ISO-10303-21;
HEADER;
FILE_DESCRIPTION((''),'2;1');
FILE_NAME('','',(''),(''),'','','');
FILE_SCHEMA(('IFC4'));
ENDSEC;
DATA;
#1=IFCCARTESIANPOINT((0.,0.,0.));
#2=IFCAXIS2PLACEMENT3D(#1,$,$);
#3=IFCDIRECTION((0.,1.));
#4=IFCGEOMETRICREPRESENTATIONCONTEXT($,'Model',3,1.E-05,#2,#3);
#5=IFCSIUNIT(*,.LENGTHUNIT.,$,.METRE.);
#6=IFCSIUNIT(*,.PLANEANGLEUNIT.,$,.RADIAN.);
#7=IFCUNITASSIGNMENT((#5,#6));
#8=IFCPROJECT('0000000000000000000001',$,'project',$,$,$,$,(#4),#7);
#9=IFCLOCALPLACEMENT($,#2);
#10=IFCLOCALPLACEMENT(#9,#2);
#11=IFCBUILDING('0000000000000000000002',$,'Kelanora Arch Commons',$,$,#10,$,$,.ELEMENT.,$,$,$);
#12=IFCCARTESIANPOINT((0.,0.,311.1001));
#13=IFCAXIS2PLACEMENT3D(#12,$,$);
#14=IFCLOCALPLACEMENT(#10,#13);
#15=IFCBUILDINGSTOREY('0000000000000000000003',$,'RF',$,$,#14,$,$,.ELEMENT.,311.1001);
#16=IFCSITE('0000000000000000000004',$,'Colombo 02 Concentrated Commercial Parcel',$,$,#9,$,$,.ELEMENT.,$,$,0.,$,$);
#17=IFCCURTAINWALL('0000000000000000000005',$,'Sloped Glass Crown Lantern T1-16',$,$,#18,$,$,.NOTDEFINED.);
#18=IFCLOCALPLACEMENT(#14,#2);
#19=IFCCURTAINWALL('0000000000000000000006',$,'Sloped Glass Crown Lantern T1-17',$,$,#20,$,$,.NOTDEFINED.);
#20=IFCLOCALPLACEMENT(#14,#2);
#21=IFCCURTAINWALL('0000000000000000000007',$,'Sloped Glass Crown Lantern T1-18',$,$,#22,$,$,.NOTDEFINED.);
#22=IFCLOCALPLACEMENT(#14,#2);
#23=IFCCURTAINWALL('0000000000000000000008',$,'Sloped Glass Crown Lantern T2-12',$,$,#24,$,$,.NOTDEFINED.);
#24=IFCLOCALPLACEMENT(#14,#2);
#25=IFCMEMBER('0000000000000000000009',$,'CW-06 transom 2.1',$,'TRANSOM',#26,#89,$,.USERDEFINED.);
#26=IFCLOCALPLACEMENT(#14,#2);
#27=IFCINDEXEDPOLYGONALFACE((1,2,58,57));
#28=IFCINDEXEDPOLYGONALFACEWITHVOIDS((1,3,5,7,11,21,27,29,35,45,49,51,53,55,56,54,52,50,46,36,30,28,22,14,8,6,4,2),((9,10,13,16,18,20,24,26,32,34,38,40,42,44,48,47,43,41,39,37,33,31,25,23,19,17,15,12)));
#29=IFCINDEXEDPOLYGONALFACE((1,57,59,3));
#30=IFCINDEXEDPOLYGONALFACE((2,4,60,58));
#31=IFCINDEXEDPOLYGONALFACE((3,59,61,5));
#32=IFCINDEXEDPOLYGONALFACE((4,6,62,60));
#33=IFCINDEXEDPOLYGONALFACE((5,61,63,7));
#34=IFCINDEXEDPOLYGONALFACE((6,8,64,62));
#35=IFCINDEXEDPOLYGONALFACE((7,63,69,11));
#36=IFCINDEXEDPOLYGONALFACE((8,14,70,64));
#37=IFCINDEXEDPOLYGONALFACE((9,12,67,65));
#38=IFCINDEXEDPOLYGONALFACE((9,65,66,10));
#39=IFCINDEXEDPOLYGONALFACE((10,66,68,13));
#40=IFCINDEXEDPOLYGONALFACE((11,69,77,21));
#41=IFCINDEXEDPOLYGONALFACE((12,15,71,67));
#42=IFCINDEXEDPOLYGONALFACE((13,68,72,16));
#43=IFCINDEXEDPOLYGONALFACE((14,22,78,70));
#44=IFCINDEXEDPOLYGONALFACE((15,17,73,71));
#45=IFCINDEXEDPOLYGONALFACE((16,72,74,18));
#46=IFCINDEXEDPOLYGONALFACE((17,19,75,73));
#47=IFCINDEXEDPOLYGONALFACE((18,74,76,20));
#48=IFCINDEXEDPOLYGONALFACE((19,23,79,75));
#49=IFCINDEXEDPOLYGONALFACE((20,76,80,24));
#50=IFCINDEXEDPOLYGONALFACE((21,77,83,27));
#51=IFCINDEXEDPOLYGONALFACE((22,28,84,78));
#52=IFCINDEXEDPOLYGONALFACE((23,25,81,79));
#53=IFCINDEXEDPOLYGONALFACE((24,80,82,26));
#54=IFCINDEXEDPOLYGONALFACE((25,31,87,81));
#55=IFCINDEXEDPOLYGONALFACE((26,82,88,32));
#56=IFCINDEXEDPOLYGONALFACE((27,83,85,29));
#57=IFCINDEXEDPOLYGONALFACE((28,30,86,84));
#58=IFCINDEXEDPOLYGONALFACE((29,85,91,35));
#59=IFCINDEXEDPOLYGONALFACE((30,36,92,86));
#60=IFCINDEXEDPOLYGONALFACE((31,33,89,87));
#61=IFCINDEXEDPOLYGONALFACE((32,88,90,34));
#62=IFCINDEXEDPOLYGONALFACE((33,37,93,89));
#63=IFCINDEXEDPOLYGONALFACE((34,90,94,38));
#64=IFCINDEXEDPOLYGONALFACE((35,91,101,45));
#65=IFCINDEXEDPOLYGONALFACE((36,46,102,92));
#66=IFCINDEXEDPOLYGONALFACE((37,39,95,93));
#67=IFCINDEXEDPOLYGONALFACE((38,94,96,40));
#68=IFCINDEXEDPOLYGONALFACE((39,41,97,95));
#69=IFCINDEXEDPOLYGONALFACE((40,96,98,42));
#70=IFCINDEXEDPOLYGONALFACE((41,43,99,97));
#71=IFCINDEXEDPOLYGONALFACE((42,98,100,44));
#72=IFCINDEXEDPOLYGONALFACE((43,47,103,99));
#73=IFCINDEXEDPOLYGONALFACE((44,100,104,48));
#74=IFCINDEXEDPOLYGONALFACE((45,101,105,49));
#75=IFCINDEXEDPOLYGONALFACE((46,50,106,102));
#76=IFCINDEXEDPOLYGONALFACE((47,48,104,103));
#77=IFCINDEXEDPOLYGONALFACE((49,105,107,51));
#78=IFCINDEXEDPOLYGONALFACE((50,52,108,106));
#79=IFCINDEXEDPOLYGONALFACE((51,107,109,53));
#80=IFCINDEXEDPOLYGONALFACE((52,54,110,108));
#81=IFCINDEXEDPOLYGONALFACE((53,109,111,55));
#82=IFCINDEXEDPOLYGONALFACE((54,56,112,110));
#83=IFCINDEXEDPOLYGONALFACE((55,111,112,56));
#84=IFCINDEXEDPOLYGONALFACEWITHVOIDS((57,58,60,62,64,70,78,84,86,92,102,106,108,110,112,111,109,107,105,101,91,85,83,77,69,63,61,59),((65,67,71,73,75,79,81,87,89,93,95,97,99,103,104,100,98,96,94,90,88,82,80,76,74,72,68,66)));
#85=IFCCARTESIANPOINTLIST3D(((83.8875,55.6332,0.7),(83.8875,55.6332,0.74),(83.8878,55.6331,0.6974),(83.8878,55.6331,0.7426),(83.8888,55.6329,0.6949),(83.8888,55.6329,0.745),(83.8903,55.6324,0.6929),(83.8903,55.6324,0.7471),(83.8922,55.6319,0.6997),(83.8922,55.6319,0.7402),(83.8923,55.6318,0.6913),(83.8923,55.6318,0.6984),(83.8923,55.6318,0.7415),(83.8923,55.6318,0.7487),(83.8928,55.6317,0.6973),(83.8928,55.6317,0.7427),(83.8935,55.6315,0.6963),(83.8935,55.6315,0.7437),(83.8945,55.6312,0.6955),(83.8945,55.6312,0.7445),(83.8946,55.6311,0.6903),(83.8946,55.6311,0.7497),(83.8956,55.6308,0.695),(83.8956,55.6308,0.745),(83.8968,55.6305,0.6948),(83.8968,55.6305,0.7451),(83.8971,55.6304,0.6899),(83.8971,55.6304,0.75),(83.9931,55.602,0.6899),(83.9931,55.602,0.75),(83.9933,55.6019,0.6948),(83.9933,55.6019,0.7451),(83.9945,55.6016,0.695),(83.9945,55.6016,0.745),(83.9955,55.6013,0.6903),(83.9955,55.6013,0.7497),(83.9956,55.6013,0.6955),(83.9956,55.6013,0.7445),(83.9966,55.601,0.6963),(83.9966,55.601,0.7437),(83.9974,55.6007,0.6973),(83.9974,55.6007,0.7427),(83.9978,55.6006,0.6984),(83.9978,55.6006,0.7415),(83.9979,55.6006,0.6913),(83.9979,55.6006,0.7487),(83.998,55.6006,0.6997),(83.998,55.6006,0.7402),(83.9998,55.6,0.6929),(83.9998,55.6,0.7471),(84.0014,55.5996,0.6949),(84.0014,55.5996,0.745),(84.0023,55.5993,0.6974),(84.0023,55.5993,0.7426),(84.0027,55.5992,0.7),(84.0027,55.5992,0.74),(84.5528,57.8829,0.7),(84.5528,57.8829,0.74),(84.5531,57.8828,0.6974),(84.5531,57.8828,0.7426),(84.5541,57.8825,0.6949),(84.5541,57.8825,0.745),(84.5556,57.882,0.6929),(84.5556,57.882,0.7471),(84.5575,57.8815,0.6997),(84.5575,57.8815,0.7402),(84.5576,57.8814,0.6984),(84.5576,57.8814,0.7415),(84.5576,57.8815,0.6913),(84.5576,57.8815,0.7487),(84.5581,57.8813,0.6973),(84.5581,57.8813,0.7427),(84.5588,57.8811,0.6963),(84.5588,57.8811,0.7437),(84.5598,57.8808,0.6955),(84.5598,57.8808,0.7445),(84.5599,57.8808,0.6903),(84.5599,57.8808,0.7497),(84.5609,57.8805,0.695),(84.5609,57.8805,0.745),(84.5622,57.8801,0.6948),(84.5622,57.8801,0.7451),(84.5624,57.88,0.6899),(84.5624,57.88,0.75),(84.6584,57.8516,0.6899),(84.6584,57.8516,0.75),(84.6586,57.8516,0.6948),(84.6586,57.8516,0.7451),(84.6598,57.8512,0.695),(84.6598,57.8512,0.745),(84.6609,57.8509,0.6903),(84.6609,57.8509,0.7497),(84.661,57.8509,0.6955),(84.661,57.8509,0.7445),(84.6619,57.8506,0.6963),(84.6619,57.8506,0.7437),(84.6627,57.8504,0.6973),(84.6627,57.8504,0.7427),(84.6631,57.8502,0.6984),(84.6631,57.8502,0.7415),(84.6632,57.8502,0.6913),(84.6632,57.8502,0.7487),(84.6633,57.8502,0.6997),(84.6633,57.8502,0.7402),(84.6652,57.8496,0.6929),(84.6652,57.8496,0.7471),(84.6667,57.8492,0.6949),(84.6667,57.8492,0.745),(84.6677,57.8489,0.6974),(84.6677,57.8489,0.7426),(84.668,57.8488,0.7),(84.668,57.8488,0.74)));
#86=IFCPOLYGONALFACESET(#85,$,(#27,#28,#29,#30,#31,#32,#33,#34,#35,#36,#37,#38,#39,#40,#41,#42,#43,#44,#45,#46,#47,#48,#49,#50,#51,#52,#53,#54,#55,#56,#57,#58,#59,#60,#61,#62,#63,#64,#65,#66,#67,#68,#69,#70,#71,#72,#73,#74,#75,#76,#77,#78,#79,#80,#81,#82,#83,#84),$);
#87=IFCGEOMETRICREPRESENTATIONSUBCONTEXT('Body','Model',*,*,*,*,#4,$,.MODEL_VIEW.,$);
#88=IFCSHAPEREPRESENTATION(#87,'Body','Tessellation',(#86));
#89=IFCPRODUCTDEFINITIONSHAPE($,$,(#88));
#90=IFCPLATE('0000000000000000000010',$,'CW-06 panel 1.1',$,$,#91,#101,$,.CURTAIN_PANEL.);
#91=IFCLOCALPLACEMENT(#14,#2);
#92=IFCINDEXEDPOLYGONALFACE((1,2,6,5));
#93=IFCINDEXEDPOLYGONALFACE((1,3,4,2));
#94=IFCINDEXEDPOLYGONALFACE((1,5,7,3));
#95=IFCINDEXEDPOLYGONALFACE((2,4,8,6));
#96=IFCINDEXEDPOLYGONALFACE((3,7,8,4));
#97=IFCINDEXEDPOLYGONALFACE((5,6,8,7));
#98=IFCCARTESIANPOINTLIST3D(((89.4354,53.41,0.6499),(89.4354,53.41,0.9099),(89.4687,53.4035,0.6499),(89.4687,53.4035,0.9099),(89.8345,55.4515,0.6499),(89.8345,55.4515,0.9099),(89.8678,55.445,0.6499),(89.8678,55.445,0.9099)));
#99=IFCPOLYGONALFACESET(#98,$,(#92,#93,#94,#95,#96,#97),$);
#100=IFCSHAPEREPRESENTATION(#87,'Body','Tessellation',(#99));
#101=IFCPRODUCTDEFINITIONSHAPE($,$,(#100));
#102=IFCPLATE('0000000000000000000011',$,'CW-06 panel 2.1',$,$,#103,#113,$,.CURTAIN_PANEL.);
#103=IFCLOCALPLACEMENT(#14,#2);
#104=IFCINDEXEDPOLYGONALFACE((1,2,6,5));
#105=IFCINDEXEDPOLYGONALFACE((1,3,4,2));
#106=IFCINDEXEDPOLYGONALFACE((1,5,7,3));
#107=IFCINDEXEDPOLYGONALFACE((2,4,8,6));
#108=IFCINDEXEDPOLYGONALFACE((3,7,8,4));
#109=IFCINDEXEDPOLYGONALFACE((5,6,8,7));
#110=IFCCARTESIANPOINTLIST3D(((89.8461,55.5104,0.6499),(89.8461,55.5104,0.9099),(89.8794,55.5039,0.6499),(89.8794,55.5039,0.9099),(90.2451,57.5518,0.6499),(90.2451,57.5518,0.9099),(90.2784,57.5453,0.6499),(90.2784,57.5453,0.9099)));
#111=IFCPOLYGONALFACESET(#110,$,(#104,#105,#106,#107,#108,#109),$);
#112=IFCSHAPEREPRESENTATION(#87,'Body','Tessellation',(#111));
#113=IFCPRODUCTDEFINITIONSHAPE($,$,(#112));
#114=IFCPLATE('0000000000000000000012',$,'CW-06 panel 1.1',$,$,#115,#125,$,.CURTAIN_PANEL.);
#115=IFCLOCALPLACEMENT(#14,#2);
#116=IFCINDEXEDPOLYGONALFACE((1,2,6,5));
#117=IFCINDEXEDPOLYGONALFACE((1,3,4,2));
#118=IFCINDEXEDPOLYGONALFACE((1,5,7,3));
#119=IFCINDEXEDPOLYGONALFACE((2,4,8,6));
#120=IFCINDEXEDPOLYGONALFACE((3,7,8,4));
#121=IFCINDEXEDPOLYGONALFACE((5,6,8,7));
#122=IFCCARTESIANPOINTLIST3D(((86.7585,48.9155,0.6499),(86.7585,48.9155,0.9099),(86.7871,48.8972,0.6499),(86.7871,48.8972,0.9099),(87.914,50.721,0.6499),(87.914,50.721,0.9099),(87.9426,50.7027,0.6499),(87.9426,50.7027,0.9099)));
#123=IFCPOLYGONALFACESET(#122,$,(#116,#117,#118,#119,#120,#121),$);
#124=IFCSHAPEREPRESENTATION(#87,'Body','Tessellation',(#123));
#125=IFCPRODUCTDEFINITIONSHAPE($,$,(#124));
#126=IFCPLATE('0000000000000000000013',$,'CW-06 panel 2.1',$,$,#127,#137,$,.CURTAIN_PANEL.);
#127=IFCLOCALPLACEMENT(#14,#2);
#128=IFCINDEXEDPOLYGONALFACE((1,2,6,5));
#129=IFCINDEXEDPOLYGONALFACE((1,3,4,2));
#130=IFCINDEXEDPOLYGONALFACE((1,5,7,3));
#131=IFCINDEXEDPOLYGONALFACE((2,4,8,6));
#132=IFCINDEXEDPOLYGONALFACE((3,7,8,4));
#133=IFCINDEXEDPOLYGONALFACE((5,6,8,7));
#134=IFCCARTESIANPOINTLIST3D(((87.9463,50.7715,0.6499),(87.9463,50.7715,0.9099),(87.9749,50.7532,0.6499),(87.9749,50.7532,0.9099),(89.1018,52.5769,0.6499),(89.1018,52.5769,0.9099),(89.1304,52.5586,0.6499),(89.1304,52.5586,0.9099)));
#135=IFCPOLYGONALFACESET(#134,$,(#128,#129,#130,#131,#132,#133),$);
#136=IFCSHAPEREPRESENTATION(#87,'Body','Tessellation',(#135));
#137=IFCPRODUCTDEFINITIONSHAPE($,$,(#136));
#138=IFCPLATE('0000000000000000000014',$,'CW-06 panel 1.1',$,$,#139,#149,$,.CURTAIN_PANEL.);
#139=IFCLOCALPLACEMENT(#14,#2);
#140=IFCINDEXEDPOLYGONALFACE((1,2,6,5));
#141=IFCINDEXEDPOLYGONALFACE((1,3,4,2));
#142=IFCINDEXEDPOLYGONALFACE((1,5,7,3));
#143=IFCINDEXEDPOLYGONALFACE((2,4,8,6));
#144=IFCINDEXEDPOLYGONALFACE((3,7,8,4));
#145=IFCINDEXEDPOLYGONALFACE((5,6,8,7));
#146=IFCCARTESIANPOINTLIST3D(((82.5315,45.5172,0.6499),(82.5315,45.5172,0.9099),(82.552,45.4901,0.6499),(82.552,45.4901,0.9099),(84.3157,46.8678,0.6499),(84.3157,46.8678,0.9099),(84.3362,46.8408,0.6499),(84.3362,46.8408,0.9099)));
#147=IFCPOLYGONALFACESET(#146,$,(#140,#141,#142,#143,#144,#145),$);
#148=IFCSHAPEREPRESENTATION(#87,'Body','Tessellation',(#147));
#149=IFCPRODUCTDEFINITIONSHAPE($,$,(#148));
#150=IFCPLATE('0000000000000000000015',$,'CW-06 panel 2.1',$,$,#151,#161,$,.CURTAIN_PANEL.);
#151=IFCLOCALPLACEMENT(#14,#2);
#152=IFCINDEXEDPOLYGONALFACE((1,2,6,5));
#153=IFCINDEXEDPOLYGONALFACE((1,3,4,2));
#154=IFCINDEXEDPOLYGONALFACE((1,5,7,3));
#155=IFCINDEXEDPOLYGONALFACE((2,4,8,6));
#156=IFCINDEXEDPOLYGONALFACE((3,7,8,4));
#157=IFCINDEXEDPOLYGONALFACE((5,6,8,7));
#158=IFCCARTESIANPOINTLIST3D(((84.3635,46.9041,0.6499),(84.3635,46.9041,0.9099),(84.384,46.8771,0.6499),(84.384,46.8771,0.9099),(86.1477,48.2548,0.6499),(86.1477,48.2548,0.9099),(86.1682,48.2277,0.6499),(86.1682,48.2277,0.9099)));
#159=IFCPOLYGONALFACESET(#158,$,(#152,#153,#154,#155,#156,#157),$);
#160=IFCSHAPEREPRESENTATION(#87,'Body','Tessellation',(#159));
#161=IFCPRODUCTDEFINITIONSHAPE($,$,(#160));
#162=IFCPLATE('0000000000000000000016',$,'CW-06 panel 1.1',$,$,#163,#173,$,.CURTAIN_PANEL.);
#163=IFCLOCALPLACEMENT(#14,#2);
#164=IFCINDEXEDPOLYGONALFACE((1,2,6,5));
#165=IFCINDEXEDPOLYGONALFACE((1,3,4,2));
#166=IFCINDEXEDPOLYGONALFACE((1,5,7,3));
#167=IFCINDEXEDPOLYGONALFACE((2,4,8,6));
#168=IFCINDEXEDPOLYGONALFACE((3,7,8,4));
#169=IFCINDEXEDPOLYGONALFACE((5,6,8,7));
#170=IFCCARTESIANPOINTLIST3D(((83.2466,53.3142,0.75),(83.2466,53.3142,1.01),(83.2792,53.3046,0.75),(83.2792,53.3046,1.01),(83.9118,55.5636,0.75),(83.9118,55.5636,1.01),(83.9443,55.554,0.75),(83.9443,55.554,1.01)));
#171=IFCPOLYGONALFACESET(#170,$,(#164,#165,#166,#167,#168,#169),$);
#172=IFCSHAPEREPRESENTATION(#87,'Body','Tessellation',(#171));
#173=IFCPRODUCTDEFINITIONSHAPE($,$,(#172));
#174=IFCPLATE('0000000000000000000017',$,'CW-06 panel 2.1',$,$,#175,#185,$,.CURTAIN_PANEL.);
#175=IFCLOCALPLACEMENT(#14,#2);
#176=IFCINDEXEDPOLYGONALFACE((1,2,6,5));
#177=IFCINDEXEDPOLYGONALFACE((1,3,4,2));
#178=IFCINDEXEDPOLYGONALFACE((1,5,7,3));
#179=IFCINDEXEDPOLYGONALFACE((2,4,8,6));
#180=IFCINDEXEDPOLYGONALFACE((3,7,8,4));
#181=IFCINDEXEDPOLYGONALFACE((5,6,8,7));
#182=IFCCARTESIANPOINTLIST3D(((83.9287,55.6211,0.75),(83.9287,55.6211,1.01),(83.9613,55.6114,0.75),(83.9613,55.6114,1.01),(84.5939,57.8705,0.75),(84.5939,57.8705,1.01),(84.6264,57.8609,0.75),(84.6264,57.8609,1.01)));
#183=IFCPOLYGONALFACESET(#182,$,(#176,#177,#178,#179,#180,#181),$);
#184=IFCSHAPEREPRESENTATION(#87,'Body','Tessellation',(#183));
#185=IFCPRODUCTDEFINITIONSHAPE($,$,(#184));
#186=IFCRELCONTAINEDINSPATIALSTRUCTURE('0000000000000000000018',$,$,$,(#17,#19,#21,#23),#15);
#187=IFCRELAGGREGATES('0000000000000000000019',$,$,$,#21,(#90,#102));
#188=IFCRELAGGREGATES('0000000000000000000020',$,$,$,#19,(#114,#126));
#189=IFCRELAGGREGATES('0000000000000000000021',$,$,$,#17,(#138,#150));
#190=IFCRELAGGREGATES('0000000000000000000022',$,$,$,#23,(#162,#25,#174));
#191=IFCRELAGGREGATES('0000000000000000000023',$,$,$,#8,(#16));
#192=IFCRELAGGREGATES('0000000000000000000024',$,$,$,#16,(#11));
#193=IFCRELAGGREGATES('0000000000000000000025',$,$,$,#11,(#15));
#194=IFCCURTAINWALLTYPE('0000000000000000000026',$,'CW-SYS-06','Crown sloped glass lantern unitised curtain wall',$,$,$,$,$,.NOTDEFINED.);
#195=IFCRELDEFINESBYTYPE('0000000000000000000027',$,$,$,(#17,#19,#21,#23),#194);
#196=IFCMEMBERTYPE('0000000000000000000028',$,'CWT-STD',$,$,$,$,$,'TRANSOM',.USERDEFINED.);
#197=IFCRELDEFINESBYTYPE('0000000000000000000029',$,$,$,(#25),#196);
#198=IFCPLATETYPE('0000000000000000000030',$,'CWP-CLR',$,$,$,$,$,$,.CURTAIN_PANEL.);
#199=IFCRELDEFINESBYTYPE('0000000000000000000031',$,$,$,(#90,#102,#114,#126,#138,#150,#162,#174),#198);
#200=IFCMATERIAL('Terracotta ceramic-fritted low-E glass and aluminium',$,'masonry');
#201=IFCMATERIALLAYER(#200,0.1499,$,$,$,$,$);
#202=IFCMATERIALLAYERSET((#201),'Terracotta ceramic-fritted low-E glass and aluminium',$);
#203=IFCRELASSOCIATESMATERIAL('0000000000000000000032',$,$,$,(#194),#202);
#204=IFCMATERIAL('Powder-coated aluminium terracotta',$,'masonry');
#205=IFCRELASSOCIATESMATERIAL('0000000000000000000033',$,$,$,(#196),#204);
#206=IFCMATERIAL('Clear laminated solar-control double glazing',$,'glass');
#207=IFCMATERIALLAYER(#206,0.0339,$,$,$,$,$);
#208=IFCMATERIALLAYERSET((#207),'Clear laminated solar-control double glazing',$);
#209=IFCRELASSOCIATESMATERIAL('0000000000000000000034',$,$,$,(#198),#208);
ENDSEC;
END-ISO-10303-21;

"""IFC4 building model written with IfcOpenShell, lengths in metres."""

from ifc_helpers import new_model, si_unit, direction, frame, origin, origin_2d, place, context, subcontext, project, spatial, rectangle, hollow_rectangle, extrude, source, transform, mapped, material, layer, layer_set, material_profile, profile_set, type_object, element, aggregate, save


model = new_model("IFC4")

# Units and contexts
model_context = context("Model", 3, precision=1e-05, world=origin(), true_north=direction((0.0, 1.0)))
body_context = subcontext(model_context, "Body", "Model", "MODEL_VIEW")
ifc_project = project(units=[si_unit("LENGTHUNIT", "METRE"), si_unit("PLANEANGLEUNIT", "RADIAN")], contexts=[model_context])

# Site, building, storey
site_placement = place(None, origin())
site = spatial("IfcSite", under=ifc_project, at=site_placement, Name="Colombo 02 Concentrated Commercial Parcel", CompositionType="ELEMENT", RefElevation=0.0)
building_placement = place(site_placement, origin())
building = spatial("IfcBuilding", under=site, at=building_placement, Name="Kelanora Arch Commons", CompositionType="ELEMENT")
storey_placement = place(building_placement, frame((0.0, 0.0, 311.1001)))
storey = spatial("IfcBuildingStorey", under=building, at=storey_placement, Name="RF", CompositionType="ELEMENT", Elevation=311.1001)

# Curtain walls
ifc_material_1 = material(Name="Terracotta ceramic-fritted low-E glass and aluminium", Category="masonry")
ifc_layer_1 = layer(ifc_material_1, 0.1499)
ifc_layer_set_1 = layer_set([ifc_layer_1], Name="Terracotta ceramic-fritted low-E glass and aluminium")
curtain_wall_type = type_object("IfcCurtainWallType", Name="CW-SYS-06", Description="Crown sloped glass lantern unitised curtain wall", PredefinedType="NOTDEFINED", material=ifc_layer_set_1)
curtain_wall_1_placement = place(storey_placement, origin())
curtain_wall_1 = element("IfcCurtainWall", 1, at=curtain_wall_1_placement, inside=storey, type_object=curtain_wall_type, Name="Sloped Glass Crown Lantern T1-16", PredefinedType="NOTDEFINED")
ifc_material_2 = material(Name="Powder-coated aluminium terracotta", Category="masonry")
curtain_wall_2_placement = place(storey_placement, origin())
curtain_wall_2 = element("IfcCurtainWall", 2, at=curtain_wall_2_placement, inside=storey, type_object=curtain_wall_type, Name="Sloped Glass Crown Lantern T1-17", PredefinedType="NOTDEFINED")
curtain_wall_3_placement = place(storey_placement, origin())
curtain_wall_3 = element("IfcCurtainWall", 3, at=curtain_wall_3_placement, inside=storey, type_object=curtain_wall_type, Name="Sloped Glass Crown Lantern T1-18", PredefinedType="NOTDEFINED")
curtain_wall_4_placement = place(storey_placement, origin())
curtain_wall_4 = element("IfcCurtainWall", 4, at=curtain_wall_4_placement, inside=storey, type_object=curtain_wall_type, Name="Sloped Glass Crown Lantern T2-12", PredefinedType="NOTDEFINED")

# Member
ifc_material_profile_1 = material_profile(ifc_material_2, hollow_rectangle(XDim=0.1201, YDim=0.0601, WallThickness=0.0049, InnerFilletRadius=0.0049, OuterFilletRadius=0.01, at=origin_2d()), Name="CWT120x60")
ifc_profile_set_1 = profile_set([ifc_material_profile_1], Name="Powder-coated aluminium terracotta")
member_type_1 = type_object("IfcMemberType", Name="CWT-STD", ElementType="TRANSOM", PredefinedType="USERDEFINED", material=ifc_profile_set_1)
member_1_placement = place(storey_placement, frame((83.9451, 55.6162, 0.72), z_axis=(0.283603, 0.958942, 0.0), x_axis=(-0.958942, 0.283603, 0.0)))
member_1 = element("IfcMember", 5, at=member_1_placement, type_object=member_type_1, Name="CW-06 transom 2.1", ObjectType="TRANSOM", PredefinedType="USERDEFINED", context=body_context, shape_type="SweptSolid", body=[
    extrude(hollow_rectangle(XDim=0.1201, YDim=0.0601, WallThickness=0.0049, InnerFilletRadius=0.0049, OuterFilletRadius=0.01, at=origin_2d()), origin(), (0.0, 0.0, 1.0), 2.3459),
])

# Plates
ifc_material_3 = material(Name="Clear laminated solar-control double glazing", Category="glass")
ifc_layer_2 = layer(ifc_material_3, 0.0339)
ifc_layer_set_2 = layer_set([ifc_layer_2], Name="Clear laminated solar-control double glazing")
plate_type = type_object("IfcPlateType", Name="CWP-CLR", PredefinedType="CURTAIN_PANEL", material=ifc_layer_set_2)
shared_shape_1 = source(origin(), body_context, "Body", "SweptSolid", [
    extrude(rectangle(XDim=2.0801, YDim=0.0339, at=origin_2d()), origin(), (0.0, 0.0, 1.0), 0.26),
])
plate_1_placement = place(storey_placement, frame((89.6516, 54.4275, 0.6499), z_axis=(0.0, 0.0, 1.0), x_axis=(0.191834, 0.981427, 0.0)))
plate_1 = element("IfcPlate", 6, at=plate_1_placement, type_object=plate_type, Name="CW-06 panel 1.1", PredefinedType="CURTAIN_PANEL", context=body_context, shape_type="MappedRepresentation", body=[
    mapped(shared_shape_1, transform((0.0, 0.0, 0.0), scale=1.0)),
])
plate_2_placement = place(storey_placement, frame((90.0623, 56.5278, 0.6499), z_axis=(0.0, 0.0, 1.0), x_axis=(0.191834, 0.981427, 0.0)))
plate_2 = element("IfcPlate", 7, at=plate_2_placement, type_object=plate_type, Name="CW-06 panel 2.1", PredefinedType="CURTAIN_PANEL", context=body_context, shape_type="MappedRepresentation", body=[
    mapped(shared_shape_1, transform((0.0, 0.0, 0.0), scale=1.0)),
])
aggregate(curtain_wall_3, [plate_1, plate_2])
shared_shape_2 = source(origin(), body_context, "Body", "SweptSolid", [
    extrude(rectangle(XDim=2.1436, YDim=0.0339, at=origin_2d()), origin(), (0.0, 0.0, 1.0), 0.26),
])
plate_3_placement = place(storey_placement, frame((87.3506, 49.8091, 0.6499), z_axis=(0.0, 0.0, 1.0), x_axis=(0.539054, 0.842271, 0.0)))
plate_3 = element("IfcPlate", 8, at=plate_3_placement, type_object=plate_type, Name="CW-06 panel 1.1", PredefinedType="CURTAIN_PANEL", context=body_context, shape_type="MappedRepresentation", body=[
    mapped(shared_shape_2, transform((0.0, 0.0, 0.0), scale=1.0)),
])
plate_4_placement = place(storey_placement, frame((88.5383, 51.665, 0.6499), z_axis=(0.0, 0.0, 1.0), x_axis=(0.539054, 0.842271, 0.0)))
plate_4 = element("IfcPlate", 9, at=plate_4_placement, type_object=plate_type, Name="CW-06 panel 2.1", PredefinedType="CURTAIN_PANEL", context=body_context, shape_type="MappedRepresentation", body=[
    mapped(shared_shape_2, transform((0.0, 0.0, 0.0), scale=1.0)),
])
aggregate(curtain_wall_2, [plate_3, plate_4])
shared_shape_3 = source(origin(), body_context, "Body", "SweptSolid", [
    extrude(rectangle(XDim=2.2378, YDim=0.0339, at=origin_2d()), origin(), (0.0, 0.0, 1.0), 0.26),
])
plate_5_placement = place(storey_placement, frame((83.4338, 46.179, 0.6499), z_axis=(0.0, 0.0, 1.0), x_axis=(0.797311, 0.603568, 0.0)))
plate_5 = element("IfcPlate", 10, at=plate_5_placement, type_object=plate_type, Name="CW-06 panel 1.1", PredefinedType="CURTAIN_PANEL", context=body_context, shape_type="MappedRepresentation", body=[
    mapped(shared_shape_3, transform((0.0, 0.0, 0.0), scale=1.0)),
])
plate_6_placement = place(storey_placement, frame((85.2659, 47.5659, 0.6499), z_axis=(0.0, 0.0, 1.0), x_axis=(0.797311, 0.603568, 0.0)))
plate_6 = element("IfcPlate", 11, at=plate_6_placement, type_object=plate_type, Name="CW-06 panel 2.1", PredefinedType="CURTAIN_PANEL", context=body_context, shape_type="MappedRepresentation", body=[
    mapped(shared_shape_3, transform((0.0, 0.0, 0.0), scale=1.0)),
])
aggregate(curtain_wall_1, [plate_5, plate_6])
shared_shape_4 = source(origin(), body_context, "Body", "SweptSolid", [
    extrude(rectangle(XDim=2.3457, YDim=0.0339, at=origin_2d()), origin(), (0.0, 0.0, 1.0), 0.26),
])
plate_7_placement = place(storey_placement, frame((83.5955, 54.4341, 0.75), z_axis=(0.0, 0.0, 1.0), x_axis=(0.283564, 0.958953, 0.0)))
plate_7 = element("IfcPlate", 12, at=plate_7_placement, type_object=plate_type, Name="CW-06 panel 1.1", PredefinedType="CURTAIN_PANEL", context=body_context, shape_type="MappedRepresentation", body=[
    mapped(shared_shape_4, transform((0.0, 0.0, 0.0), scale=1.0)),
])
plate_8_placement = place(storey_placement, frame((84.2776, 56.741, 0.75), z_axis=(0.0, 0.0, 1.0), x_axis=(0.283564, 0.958953, 0.0)))
plate_8 = element("IfcPlate", 13, at=plate_8_placement, type_object=plate_type, Name="CW-06 panel 2.1", PredefinedType="CURTAIN_PANEL", context=body_context, shape_type="MappedRepresentation", body=[
    mapped(shared_shape_4, transform((0.0, 0.0, 0.0), scale=1.0)),
])
aggregate(curtain_wall_4, [plate_7, member_1, plate_8])

save(model, "model.ifc")
